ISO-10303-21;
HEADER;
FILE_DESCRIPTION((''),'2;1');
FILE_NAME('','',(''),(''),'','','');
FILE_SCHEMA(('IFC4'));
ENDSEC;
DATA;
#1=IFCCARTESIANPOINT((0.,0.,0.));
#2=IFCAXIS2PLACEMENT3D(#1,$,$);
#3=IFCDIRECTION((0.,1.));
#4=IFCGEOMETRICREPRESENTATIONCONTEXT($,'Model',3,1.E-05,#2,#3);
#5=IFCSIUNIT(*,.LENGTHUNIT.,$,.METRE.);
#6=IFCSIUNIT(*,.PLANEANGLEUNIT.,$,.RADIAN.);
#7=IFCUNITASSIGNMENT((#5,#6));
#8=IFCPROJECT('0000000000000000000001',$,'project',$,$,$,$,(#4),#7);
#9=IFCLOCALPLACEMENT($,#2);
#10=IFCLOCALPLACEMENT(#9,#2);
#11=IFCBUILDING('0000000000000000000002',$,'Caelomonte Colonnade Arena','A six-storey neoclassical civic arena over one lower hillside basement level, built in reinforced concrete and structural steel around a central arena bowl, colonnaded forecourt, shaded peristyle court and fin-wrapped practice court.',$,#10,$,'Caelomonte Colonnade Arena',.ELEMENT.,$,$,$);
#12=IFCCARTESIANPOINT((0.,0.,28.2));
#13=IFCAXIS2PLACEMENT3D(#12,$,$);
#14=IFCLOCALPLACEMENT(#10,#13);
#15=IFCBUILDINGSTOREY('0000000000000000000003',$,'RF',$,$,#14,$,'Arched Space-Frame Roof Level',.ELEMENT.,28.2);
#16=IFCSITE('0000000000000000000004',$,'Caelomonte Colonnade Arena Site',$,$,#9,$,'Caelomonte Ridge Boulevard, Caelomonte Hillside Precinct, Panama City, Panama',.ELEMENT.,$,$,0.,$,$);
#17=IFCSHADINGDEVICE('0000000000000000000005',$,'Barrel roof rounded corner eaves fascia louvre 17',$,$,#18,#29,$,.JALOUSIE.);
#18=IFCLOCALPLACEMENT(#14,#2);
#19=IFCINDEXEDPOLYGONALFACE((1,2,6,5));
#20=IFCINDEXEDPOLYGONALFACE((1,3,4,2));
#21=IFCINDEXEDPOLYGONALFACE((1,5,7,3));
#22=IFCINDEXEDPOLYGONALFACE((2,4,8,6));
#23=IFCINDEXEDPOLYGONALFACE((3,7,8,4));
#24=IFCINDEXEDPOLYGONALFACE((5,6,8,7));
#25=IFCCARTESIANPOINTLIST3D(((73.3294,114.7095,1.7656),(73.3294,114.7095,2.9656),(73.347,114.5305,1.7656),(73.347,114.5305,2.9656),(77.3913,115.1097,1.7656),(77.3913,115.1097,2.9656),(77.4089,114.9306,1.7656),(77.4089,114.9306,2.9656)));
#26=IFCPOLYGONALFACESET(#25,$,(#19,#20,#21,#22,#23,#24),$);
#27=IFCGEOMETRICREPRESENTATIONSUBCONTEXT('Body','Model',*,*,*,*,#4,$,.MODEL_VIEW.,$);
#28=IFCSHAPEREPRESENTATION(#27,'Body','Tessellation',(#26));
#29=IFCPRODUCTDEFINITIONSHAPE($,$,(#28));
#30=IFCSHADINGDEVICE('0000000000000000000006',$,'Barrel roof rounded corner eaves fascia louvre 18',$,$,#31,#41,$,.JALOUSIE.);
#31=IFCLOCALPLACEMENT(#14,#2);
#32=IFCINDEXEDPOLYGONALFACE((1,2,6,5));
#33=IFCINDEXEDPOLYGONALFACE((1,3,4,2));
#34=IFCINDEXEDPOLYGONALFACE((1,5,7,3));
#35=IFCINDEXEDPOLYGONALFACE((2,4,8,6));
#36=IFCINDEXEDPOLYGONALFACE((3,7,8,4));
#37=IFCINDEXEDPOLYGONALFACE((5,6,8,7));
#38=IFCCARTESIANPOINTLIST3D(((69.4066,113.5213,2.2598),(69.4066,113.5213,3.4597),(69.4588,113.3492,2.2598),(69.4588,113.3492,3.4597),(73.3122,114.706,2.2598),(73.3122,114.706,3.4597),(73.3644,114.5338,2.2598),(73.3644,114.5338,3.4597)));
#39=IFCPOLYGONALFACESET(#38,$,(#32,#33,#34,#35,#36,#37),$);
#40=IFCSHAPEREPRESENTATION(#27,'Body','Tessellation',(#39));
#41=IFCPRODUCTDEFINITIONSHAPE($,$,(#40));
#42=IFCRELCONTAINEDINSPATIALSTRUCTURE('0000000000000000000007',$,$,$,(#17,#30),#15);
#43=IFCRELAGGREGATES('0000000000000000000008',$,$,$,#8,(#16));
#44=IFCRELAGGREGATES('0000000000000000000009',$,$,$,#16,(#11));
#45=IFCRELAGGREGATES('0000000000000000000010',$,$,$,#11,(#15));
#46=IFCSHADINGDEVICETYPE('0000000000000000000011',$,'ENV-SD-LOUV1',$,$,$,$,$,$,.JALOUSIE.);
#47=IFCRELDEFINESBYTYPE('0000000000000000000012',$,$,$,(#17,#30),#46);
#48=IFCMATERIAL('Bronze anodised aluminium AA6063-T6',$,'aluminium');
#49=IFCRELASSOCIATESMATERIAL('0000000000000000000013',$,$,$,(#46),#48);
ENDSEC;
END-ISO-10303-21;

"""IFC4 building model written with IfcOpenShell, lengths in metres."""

from ifc_helpers import new_model, si_unit, direction, frame, origin, origin_2d, place, context, subcontext, project, spatial, rectangle, extrude, material, type_object, element, save


model = new_model("IFC4")

# Units and contexts
model_context = context("Model", 3, precision=1e-05, world=origin(), true_north=direction((0.0, 1.0)))
body_context = subcontext(model_context, "Body", "Model", "MODEL_VIEW")
ifc_project = project(units=[si_unit("LENGTHUNIT", "METRE"), si_unit("PLANEANGLEUNIT", "RADIAN")], contexts=[model_context])

# Site, building, storey
site_placement = place(None, origin())
site = spatial("IfcSite", under=ifc_project, at=site_placement, Name="Caelomonte Colonnade Arena Site", LongName="Caelomonte Ridge Boulevard, Caelomonte Hillside Precinct, Panama City, Panama", CompositionType="ELEMENT", RefElevation=0.0)
building_placement = place(site_placement, origin())
building = spatial("IfcBuilding", under=site, at=building_placement, Name="Caelomonte Colonnade Arena", Description="A six-storey neoclassical civic arena over one lower hillside basement level, built in reinforced concrete and structural steel around a central arena bowl, colonnaded forecourt, shaded peristyle court and fin-wrapped practice court.", LongName="Caelomonte Colonnade Arena", CompositionType="ELEMENT")
storey_placement = place(building_placement, frame((0.0, 0.0, 28.2)))
storey = spatial("IfcBuildingStorey", under=building, at=storey_placement, Name="RF", LongName="Arched Space-Frame Roof Level", CompositionType="ELEMENT", Elevation=28.2)

# Shared definitions
ifc_material_1 = material(Name="Bronze anodised aluminium AA6063-T6", Category="aluminium")

# Shading devices
shading_device_type = type_object("IfcShadingDeviceType", Name="ENV-SD-LOUV1", PredefinedType="JALOUSIE", material=ifc_material_1)
shading_device_1_placement = place(storey_placement, frame((75.3691, 114.8201, 1.7656), z_axis=(0.0, 0.0, 1.0), x_axis=(-0.995184, -0.098029, 0.0)))
element("IfcShadingDevice", 1, at=shading_device_1_placement, inside=storey, type_object=shading_device_type, Name="Barrel roof rounded corner eaves fascia louvre 17", PredefinedType="JALOUSIE", context=body_context, shape_type="SweptSolid", body=[
    extrude(rectangle(XDim=4.0815, YDim=0.1799, at=origin_2d()), origin(), (0.0, 0.0, 1.0), 1.2),
])
shading_device_2_placement = place(storey_placement, frame((71.3855, 114.0276, 2.2598), z_axis=(0.0, 0.0, 1.0), x_axis=(-0.956946, -0.290266, 0.0)))
element("IfcShadingDevice", 2, at=shading_device_2_placement, inside=storey, type_object=shading_device_type, Name="Barrel roof rounded corner eaves fascia louvre 18", PredefinedType="JALOUSIE", context=body_context, shape_type="SweptSolid", body=[
    extrude(rectangle(XDim=4.0813, YDim=0.1799, at=origin_2d()), origin(), (0.0, 0.0, 1.0), 1.2),
])

save(model, "model.ifc")
